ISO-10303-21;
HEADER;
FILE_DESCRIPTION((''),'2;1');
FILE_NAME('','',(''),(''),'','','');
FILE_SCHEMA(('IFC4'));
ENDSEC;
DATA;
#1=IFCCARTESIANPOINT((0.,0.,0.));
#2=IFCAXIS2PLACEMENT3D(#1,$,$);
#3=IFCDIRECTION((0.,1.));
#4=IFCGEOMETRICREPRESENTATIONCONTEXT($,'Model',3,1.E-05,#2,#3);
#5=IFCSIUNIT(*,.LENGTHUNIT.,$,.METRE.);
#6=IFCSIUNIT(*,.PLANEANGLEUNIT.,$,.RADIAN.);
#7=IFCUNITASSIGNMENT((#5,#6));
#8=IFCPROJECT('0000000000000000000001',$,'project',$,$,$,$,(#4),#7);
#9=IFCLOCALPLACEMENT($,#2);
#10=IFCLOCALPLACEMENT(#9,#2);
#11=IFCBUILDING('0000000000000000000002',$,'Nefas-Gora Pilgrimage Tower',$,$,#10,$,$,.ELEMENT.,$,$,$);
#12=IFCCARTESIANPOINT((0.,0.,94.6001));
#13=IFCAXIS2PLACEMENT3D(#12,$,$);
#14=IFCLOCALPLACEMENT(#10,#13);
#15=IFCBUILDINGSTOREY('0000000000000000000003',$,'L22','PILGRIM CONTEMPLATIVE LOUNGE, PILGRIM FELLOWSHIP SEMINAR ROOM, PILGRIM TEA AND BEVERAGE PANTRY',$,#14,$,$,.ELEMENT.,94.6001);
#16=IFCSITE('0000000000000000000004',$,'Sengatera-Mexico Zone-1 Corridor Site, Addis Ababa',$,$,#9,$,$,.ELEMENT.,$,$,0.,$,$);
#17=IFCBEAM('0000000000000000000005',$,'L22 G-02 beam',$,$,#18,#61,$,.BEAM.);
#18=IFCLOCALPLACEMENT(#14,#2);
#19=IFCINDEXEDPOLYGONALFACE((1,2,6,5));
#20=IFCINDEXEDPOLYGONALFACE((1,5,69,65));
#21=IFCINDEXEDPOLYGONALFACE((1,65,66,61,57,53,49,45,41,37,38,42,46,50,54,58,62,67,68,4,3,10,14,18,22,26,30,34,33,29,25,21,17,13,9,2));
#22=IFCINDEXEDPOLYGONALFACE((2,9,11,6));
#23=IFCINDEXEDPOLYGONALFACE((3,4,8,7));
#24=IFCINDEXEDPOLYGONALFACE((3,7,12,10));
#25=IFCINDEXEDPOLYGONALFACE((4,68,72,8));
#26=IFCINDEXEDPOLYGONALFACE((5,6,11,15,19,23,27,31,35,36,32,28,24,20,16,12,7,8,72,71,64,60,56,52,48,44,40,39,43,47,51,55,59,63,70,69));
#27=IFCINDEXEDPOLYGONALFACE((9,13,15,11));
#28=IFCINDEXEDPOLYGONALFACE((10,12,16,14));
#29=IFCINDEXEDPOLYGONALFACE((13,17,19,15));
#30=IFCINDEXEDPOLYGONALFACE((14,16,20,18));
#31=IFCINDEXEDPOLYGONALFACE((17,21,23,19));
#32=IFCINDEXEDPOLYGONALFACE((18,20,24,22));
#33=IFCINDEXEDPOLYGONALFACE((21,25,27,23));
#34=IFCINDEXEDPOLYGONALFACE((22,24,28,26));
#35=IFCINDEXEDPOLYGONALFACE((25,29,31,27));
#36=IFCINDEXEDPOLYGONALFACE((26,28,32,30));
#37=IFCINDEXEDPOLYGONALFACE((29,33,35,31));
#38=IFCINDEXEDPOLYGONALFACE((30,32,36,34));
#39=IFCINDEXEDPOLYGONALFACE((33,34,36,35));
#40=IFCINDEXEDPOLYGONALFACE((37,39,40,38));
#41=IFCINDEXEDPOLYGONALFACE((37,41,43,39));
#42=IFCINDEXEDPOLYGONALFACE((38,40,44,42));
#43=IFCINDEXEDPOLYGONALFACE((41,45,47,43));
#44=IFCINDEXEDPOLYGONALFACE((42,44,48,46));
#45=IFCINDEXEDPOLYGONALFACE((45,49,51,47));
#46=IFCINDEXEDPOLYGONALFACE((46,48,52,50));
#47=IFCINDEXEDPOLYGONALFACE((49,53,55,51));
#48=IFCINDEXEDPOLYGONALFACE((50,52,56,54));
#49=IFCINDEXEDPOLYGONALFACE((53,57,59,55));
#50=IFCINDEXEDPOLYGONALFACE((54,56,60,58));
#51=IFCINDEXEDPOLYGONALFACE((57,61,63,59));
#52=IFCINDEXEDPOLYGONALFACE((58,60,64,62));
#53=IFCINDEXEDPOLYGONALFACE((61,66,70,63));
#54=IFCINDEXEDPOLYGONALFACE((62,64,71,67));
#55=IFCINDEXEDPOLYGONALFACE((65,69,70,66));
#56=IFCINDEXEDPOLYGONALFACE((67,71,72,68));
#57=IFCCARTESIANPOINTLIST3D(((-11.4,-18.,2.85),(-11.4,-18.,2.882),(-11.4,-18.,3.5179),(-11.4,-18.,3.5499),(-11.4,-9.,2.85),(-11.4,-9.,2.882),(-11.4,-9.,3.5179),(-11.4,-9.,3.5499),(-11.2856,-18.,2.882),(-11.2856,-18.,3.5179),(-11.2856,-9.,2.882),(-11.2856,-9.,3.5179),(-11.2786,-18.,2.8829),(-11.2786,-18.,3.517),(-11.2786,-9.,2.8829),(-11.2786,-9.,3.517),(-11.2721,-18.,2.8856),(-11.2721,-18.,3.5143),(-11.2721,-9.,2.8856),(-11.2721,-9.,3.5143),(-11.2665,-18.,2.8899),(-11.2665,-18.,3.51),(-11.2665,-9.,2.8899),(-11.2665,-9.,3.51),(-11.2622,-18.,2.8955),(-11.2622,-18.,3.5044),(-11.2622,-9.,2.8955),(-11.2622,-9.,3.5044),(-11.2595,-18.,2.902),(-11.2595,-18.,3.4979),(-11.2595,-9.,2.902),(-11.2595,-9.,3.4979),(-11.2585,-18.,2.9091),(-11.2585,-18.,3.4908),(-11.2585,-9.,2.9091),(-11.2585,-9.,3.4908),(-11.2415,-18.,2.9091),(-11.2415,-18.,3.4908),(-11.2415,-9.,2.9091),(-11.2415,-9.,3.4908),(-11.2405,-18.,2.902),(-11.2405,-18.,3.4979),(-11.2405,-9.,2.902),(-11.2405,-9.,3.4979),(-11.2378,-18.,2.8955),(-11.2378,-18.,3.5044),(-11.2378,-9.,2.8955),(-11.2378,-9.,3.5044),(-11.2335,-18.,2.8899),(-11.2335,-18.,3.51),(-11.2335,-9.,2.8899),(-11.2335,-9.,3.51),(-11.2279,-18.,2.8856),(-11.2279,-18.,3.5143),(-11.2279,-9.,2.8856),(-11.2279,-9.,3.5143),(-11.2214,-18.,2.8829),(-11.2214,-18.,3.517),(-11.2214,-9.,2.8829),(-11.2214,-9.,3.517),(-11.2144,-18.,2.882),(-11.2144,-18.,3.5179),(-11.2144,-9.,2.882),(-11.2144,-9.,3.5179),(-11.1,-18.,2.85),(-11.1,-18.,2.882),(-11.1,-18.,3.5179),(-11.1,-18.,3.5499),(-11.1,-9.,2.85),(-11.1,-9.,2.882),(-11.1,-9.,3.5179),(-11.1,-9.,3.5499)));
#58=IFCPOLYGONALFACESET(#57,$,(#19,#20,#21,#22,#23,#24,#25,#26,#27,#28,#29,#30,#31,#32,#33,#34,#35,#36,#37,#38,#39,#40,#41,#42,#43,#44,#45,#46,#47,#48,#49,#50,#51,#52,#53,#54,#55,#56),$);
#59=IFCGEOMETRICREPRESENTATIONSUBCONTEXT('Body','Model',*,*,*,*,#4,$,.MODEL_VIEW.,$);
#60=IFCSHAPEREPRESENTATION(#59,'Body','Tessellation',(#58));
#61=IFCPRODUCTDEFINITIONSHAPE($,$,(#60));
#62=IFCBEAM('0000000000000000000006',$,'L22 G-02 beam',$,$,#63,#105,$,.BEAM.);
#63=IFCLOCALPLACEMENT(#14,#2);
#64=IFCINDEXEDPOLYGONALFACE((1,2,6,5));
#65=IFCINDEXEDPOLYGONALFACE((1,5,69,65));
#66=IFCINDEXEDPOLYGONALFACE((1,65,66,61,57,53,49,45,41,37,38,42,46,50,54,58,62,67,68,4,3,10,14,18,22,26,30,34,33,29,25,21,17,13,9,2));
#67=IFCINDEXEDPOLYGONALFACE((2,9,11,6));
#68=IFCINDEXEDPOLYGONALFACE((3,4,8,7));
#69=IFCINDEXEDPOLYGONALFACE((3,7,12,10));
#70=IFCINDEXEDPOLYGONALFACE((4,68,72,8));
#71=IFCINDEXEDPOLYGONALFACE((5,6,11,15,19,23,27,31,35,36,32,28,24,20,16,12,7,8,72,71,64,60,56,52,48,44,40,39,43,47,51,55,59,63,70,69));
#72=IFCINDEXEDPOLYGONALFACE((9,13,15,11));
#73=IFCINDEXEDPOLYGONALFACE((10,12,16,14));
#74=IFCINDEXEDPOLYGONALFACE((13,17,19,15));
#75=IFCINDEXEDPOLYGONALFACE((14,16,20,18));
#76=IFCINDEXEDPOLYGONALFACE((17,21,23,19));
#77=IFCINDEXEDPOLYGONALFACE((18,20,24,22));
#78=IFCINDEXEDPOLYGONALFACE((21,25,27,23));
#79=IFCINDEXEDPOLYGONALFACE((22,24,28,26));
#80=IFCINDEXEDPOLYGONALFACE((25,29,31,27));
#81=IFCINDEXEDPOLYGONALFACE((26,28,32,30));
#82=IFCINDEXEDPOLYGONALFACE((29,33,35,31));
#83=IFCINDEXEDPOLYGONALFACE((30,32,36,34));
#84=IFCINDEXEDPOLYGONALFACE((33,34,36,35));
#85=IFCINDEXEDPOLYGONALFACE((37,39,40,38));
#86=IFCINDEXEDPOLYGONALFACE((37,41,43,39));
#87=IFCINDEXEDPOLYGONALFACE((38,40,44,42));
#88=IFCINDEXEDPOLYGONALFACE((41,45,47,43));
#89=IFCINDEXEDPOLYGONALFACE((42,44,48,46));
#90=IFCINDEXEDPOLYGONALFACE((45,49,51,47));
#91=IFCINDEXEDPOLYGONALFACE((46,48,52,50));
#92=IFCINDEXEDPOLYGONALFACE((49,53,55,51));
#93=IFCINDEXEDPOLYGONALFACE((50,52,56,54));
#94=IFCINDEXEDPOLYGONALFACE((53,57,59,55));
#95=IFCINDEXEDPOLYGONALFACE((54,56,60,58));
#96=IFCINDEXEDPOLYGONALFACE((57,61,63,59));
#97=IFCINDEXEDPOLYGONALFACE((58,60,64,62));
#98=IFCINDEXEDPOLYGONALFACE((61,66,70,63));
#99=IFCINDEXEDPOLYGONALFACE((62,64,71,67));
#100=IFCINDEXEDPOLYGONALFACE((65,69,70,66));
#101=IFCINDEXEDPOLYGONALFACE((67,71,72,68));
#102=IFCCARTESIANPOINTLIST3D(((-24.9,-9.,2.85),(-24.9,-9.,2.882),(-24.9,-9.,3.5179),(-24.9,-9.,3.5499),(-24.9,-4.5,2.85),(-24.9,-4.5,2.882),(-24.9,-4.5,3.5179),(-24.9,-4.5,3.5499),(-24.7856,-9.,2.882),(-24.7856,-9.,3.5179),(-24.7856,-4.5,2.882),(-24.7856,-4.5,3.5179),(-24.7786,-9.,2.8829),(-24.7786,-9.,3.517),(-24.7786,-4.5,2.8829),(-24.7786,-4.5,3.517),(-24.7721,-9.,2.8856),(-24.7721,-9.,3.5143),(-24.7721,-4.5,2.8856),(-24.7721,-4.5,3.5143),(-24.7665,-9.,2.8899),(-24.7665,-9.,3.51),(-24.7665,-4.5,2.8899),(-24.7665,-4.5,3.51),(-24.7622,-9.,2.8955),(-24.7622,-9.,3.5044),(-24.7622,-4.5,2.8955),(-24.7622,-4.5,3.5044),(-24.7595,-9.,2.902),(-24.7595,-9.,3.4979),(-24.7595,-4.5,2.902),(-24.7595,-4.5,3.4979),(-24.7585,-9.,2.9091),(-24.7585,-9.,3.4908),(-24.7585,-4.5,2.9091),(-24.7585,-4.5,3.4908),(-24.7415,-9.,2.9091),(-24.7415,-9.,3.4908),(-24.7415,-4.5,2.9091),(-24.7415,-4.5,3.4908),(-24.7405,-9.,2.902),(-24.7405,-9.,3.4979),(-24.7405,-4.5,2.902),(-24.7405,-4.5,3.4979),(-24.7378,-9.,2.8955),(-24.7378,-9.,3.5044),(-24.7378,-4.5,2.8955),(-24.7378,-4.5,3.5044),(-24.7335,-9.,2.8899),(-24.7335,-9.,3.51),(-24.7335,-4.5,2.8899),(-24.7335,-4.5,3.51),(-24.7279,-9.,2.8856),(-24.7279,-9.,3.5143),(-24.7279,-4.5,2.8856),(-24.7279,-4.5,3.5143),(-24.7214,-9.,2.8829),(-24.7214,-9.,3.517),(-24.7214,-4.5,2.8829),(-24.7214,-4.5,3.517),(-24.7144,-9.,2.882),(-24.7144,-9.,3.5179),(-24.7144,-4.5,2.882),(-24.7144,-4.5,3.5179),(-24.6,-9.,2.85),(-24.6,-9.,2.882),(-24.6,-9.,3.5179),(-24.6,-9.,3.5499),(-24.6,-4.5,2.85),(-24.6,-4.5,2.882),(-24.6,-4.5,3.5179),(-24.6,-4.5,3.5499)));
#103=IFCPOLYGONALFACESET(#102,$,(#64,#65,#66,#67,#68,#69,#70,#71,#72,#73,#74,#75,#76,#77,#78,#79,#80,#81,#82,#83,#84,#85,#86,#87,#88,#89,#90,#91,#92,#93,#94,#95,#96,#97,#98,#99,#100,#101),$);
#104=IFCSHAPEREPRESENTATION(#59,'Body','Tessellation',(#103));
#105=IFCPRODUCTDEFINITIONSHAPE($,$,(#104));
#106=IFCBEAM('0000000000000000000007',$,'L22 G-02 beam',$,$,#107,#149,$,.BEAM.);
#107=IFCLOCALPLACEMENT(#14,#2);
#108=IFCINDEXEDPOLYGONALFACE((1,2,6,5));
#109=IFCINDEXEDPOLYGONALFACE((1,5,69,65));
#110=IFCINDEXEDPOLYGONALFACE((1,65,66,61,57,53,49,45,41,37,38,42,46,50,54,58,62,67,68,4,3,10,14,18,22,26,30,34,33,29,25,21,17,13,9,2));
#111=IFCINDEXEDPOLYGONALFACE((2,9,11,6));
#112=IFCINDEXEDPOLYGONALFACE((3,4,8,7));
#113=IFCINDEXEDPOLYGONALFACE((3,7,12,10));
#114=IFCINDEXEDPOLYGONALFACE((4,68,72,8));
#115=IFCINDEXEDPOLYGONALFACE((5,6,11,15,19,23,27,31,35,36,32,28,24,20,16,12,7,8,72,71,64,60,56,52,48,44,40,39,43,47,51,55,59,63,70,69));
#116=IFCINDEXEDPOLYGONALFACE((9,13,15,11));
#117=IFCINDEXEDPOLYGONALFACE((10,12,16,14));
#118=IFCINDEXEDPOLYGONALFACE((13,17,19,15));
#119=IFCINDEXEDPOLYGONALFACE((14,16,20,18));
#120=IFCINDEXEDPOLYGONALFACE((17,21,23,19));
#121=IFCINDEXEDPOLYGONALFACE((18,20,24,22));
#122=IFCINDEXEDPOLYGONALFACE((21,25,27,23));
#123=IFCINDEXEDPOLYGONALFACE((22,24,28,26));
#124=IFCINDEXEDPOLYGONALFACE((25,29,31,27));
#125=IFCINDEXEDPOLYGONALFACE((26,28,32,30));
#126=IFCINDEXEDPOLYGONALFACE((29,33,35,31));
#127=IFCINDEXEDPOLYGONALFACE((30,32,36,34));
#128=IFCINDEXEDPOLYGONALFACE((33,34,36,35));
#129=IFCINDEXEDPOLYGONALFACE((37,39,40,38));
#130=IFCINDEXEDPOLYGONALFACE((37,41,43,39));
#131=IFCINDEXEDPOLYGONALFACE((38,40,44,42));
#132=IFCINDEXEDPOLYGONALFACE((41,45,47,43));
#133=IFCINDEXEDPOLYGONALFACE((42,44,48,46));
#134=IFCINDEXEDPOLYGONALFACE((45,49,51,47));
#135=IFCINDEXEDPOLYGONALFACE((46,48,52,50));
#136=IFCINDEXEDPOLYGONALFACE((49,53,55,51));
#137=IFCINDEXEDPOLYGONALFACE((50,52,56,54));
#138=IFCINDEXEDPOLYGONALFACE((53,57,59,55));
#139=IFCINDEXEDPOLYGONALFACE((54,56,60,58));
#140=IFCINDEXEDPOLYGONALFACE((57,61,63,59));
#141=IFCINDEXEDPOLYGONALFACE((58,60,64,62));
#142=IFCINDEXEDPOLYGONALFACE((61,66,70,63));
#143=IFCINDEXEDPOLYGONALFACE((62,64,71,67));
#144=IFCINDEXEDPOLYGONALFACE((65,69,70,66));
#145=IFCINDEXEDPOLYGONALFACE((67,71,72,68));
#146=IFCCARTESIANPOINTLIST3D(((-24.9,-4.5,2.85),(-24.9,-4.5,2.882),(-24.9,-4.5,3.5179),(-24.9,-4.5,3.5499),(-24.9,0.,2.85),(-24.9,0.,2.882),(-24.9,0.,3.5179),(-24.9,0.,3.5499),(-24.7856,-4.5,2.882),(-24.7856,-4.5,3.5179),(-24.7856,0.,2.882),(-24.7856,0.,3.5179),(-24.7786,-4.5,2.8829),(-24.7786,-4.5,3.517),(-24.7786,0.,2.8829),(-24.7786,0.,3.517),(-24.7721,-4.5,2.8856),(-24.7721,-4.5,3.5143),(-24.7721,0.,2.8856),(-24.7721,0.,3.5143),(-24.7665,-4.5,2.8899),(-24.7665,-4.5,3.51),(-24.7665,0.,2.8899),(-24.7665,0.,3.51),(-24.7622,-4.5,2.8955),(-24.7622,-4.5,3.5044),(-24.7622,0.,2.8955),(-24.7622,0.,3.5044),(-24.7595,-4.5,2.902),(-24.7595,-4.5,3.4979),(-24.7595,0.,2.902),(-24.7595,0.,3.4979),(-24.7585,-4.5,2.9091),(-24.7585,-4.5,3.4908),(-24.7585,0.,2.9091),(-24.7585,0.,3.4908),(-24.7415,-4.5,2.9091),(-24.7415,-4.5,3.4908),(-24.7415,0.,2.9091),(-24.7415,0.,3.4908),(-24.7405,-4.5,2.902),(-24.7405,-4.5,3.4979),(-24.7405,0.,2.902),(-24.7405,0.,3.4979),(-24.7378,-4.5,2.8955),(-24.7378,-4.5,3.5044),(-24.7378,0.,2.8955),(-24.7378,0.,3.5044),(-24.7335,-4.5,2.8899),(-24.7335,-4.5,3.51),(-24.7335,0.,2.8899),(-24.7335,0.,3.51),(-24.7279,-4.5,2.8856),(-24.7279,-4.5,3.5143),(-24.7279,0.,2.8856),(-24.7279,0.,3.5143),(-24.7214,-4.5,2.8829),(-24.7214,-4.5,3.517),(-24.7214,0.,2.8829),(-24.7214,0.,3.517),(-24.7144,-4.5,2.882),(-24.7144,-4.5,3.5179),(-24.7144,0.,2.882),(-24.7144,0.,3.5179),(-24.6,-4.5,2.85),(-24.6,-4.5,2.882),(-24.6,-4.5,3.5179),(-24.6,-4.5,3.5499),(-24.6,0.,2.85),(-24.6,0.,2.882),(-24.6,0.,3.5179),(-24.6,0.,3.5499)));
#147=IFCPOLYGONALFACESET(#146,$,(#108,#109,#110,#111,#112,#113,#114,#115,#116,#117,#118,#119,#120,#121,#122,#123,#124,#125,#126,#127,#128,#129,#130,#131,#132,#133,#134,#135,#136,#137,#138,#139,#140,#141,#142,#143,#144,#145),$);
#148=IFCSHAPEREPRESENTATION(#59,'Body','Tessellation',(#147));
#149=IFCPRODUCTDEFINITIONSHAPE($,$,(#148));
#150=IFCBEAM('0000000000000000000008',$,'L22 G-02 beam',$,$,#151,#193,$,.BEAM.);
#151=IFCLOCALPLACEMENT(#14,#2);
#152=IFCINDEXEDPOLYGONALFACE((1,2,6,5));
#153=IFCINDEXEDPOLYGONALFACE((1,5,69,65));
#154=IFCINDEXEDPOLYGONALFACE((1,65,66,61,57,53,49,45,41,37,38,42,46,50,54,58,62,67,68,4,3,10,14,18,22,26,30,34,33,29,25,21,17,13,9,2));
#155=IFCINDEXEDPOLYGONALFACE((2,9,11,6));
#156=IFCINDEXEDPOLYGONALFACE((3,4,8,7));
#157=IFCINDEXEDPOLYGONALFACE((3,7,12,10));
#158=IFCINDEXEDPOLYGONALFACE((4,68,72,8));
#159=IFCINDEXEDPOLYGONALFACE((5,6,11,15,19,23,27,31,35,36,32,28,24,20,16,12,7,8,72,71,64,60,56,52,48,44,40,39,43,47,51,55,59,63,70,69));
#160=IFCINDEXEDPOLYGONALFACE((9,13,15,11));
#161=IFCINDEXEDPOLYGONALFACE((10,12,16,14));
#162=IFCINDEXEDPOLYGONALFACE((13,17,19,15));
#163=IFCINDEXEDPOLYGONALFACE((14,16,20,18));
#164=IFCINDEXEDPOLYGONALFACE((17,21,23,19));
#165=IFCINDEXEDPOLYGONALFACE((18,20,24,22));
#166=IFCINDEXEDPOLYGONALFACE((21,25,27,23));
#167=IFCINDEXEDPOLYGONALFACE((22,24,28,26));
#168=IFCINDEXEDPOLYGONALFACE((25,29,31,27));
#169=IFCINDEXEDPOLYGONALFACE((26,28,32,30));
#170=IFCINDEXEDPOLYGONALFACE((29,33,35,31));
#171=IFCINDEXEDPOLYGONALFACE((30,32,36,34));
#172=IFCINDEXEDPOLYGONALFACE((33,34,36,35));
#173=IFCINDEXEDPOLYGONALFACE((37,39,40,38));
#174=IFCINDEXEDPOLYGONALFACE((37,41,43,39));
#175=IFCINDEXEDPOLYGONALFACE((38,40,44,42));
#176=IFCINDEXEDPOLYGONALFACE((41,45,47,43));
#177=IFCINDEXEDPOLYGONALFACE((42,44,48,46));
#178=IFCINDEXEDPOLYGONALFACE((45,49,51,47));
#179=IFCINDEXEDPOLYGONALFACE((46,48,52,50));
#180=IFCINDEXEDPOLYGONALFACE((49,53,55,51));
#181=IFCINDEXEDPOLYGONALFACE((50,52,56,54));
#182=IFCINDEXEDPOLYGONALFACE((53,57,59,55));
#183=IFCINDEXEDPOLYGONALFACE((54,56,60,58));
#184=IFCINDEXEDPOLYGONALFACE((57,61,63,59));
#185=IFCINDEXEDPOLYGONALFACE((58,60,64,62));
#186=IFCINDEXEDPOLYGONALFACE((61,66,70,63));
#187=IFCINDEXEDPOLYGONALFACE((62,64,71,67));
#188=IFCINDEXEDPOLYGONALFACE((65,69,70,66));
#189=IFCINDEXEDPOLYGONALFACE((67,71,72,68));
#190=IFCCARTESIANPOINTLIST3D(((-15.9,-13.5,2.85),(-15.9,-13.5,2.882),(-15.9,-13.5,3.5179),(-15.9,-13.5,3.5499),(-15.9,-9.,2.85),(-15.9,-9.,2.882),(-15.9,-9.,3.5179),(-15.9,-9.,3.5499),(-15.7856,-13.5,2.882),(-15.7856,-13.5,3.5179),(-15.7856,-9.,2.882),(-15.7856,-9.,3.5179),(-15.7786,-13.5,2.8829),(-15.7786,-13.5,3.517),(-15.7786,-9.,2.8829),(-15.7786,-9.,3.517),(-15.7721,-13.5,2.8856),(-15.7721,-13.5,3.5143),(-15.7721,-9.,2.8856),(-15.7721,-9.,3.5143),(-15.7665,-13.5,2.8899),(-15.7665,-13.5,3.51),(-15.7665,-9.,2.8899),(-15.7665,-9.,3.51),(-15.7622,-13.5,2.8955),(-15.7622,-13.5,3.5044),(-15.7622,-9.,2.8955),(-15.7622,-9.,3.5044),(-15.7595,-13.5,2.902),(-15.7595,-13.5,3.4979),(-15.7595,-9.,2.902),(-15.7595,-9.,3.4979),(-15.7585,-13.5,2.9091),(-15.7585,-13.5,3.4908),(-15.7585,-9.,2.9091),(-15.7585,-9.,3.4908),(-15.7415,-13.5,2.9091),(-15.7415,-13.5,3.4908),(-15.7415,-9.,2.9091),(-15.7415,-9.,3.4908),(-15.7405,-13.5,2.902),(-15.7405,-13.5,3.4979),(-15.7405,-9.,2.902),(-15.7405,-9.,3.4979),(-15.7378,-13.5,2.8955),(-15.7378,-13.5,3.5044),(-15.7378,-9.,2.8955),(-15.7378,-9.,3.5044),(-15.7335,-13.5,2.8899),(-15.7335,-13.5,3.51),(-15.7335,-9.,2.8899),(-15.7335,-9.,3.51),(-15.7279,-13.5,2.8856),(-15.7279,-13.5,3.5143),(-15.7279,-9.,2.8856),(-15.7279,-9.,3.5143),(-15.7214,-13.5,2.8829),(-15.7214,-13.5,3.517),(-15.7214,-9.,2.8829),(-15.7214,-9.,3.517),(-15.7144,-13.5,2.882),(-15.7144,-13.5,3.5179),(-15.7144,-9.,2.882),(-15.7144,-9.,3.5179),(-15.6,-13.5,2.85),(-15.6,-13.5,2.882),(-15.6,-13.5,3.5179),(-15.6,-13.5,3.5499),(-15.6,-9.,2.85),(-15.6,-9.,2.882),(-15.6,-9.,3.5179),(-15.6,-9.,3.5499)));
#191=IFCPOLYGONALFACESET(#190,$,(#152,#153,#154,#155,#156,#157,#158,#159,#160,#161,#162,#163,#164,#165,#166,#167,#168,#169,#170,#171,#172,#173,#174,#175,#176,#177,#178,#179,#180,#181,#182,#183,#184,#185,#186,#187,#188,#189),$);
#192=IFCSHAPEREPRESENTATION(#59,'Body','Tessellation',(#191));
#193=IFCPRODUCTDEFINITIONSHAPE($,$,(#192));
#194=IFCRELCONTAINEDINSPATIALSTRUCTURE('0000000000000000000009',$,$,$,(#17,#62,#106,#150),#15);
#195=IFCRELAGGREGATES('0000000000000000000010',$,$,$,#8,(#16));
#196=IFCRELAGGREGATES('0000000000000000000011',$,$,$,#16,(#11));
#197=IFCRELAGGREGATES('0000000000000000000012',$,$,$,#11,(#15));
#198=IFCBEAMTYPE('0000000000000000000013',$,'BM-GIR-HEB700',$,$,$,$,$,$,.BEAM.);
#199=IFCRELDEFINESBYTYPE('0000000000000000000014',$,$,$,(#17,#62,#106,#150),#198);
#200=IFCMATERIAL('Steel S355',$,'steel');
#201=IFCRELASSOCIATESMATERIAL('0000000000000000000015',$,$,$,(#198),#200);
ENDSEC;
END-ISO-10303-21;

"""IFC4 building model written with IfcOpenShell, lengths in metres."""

from ifc_helpers import new_model, si_unit, direction, frame, origin, origin_2d, place, context, subcontext, project, spatial, i_section, extrude, source, transform, mapped, material, material_profile, profile_set, type_object, element, save


model = new_model("IFC4")

# Units and contexts
model_context = context("Model", 3, precision=1e-05, world=origin(), true_north=direction((0.0, 1.0)))
body_context = subcontext(model_context, "Body", "Model", "MODEL_VIEW")
ifc_project = project(units=[si_unit("LENGTHUNIT", "METRE"), si_unit("PLANEANGLEUNIT", "RADIAN")], contexts=[model_context])

# Site, building, storey
site_placement = place(None, origin())
site = spatial("IfcSite", under=ifc_project, at=site_placement, Name="Sengatera-Mexico Zone-1 Corridor Site, Addis Ababa", CompositionType="ELEMENT", RefElevation=0.0)
building_placement = place(site_placement, origin())
building = spatial("IfcBuilding", under=site, at=building_placement, Name="Nefas-Gora Pilgrimage Tower", CompositionType="ELEMENT")
storey_placement = place(building_placement, frame((0.0, 0.0, 94.6001)))
storey = spatial("IfcBuildingStorey", under=building, at=storey_placement, Name="L22", Description="PILGRIM CONTEMPLATIVE LOUNGE, PILGRIM FELLOWSHIP SEMINAR ROOM, PILGRIM TEA AND BEVERAGE PANTRY", CompositionType="ELEMENT", Elevation=94.6001)

# Beams
ifc_material_1 = material(Name="Steel S355", Category="steel")
ifc_material_profile_1 = material_profile(ifc_material_1, i_section(OverallWidth=0.3, OverallDepth=0.7, WebThickness=0.0171, FlangeThickness=0.032, FilletRadius=0.0271, at=origin_2d()), Name="HEB 700")
ifc_profile_set_1 = profile_set([ifc_material_profile_1], Name="Steel S355")
beam_type = type_object("IfcBeamType", Name="BM-GIR-HEB700", PredefinedType="BEAM", material=ifc_profile_set_1)
shared_shape_1 = source(origin(), body_context, "Body", "SweptSolid", [
    extrude(i_section(OverallWidth=0.3, OverallDepth=0.7, WebThickness=0.0171, FlangeThickness=0.032, FilletRadius=0.0271, at=origin_2d()), origin(), (0.0, 0.0, 1.0), 9.0),
])
for number, where, z_axis, x_axis, name in (
    (1, (-11.25, -18.0, 3.2), (0.0, 1.0, 0.0), (-1.0, 0.0, 0.0), "L22 G-02 beam"),
):
    element("IfcBeam", number, at=place(storey_placement, frame(where, z_axis=z_axis, x_axis=x_axis)), inside=storey, type_object=beam_type, Name=name, PredefinedType="BEAM", context=body_context, shape_type="MappedRepresentation", body=[
        mapped(shared_shape_1, transform((0.0, 0.0, 0.0), x_axis=(1.0, 0.0, 0.0), y_axis=(0.0, 1.0, 0.0), z_axis=(0.0, 0.0, 1.0), scale=1.0)),
    ])
shared_shape_2 = source(origin(), body_context, "Body", "SweptSolid", [
    extrude(i_section(OverallWidth=0.3, OverallDepth=0.7, WebThickness=0.0171, FlangeThickness=0.032, FilletRadius=0.0271, at=origin_2d()), origin(), (0.0, 0.0, 1.0), 4.5),
])
for number, where, z_axis, x_axis, name in (
    (2, (-24.75, -9.0, 3.2), (0.0, 1.0, 0.0), (-1.0, 0.0, 0.0), "L22 G-02 beam"),
    (3, (-24.75, -4.5, 3.2), (0.0, 1.0, 0.0), (-1.0, 0.0, 0.0), "L22 G-02 beam"),
    (4, (-15.75, -13.5, 3.2), (0.0, 1.0, 0.0), (-1.0, 0.0, 0.0), "L22 G-02 beam"),
):
    element("IfcBeam", number, at=place(storey_placement, frame(where, z_axis=z_axis, x_axis=x_axis)), inside=storey, type_object=beam_type, Name=name, PredefinedType="BEAM", context=body_context, shape_type="MappedRepresentation", body=[
        mapped(shared_shape_2, transform((0.0, 0.0, 0.0), x_axis=(1.0, 0.0, 0.0), y_axis=(0.0, 1.0, 0.0), z_axis=(0.0, 0.0, 1.0), scale=1.0)),
    ])

save(model, "model.ifc")
